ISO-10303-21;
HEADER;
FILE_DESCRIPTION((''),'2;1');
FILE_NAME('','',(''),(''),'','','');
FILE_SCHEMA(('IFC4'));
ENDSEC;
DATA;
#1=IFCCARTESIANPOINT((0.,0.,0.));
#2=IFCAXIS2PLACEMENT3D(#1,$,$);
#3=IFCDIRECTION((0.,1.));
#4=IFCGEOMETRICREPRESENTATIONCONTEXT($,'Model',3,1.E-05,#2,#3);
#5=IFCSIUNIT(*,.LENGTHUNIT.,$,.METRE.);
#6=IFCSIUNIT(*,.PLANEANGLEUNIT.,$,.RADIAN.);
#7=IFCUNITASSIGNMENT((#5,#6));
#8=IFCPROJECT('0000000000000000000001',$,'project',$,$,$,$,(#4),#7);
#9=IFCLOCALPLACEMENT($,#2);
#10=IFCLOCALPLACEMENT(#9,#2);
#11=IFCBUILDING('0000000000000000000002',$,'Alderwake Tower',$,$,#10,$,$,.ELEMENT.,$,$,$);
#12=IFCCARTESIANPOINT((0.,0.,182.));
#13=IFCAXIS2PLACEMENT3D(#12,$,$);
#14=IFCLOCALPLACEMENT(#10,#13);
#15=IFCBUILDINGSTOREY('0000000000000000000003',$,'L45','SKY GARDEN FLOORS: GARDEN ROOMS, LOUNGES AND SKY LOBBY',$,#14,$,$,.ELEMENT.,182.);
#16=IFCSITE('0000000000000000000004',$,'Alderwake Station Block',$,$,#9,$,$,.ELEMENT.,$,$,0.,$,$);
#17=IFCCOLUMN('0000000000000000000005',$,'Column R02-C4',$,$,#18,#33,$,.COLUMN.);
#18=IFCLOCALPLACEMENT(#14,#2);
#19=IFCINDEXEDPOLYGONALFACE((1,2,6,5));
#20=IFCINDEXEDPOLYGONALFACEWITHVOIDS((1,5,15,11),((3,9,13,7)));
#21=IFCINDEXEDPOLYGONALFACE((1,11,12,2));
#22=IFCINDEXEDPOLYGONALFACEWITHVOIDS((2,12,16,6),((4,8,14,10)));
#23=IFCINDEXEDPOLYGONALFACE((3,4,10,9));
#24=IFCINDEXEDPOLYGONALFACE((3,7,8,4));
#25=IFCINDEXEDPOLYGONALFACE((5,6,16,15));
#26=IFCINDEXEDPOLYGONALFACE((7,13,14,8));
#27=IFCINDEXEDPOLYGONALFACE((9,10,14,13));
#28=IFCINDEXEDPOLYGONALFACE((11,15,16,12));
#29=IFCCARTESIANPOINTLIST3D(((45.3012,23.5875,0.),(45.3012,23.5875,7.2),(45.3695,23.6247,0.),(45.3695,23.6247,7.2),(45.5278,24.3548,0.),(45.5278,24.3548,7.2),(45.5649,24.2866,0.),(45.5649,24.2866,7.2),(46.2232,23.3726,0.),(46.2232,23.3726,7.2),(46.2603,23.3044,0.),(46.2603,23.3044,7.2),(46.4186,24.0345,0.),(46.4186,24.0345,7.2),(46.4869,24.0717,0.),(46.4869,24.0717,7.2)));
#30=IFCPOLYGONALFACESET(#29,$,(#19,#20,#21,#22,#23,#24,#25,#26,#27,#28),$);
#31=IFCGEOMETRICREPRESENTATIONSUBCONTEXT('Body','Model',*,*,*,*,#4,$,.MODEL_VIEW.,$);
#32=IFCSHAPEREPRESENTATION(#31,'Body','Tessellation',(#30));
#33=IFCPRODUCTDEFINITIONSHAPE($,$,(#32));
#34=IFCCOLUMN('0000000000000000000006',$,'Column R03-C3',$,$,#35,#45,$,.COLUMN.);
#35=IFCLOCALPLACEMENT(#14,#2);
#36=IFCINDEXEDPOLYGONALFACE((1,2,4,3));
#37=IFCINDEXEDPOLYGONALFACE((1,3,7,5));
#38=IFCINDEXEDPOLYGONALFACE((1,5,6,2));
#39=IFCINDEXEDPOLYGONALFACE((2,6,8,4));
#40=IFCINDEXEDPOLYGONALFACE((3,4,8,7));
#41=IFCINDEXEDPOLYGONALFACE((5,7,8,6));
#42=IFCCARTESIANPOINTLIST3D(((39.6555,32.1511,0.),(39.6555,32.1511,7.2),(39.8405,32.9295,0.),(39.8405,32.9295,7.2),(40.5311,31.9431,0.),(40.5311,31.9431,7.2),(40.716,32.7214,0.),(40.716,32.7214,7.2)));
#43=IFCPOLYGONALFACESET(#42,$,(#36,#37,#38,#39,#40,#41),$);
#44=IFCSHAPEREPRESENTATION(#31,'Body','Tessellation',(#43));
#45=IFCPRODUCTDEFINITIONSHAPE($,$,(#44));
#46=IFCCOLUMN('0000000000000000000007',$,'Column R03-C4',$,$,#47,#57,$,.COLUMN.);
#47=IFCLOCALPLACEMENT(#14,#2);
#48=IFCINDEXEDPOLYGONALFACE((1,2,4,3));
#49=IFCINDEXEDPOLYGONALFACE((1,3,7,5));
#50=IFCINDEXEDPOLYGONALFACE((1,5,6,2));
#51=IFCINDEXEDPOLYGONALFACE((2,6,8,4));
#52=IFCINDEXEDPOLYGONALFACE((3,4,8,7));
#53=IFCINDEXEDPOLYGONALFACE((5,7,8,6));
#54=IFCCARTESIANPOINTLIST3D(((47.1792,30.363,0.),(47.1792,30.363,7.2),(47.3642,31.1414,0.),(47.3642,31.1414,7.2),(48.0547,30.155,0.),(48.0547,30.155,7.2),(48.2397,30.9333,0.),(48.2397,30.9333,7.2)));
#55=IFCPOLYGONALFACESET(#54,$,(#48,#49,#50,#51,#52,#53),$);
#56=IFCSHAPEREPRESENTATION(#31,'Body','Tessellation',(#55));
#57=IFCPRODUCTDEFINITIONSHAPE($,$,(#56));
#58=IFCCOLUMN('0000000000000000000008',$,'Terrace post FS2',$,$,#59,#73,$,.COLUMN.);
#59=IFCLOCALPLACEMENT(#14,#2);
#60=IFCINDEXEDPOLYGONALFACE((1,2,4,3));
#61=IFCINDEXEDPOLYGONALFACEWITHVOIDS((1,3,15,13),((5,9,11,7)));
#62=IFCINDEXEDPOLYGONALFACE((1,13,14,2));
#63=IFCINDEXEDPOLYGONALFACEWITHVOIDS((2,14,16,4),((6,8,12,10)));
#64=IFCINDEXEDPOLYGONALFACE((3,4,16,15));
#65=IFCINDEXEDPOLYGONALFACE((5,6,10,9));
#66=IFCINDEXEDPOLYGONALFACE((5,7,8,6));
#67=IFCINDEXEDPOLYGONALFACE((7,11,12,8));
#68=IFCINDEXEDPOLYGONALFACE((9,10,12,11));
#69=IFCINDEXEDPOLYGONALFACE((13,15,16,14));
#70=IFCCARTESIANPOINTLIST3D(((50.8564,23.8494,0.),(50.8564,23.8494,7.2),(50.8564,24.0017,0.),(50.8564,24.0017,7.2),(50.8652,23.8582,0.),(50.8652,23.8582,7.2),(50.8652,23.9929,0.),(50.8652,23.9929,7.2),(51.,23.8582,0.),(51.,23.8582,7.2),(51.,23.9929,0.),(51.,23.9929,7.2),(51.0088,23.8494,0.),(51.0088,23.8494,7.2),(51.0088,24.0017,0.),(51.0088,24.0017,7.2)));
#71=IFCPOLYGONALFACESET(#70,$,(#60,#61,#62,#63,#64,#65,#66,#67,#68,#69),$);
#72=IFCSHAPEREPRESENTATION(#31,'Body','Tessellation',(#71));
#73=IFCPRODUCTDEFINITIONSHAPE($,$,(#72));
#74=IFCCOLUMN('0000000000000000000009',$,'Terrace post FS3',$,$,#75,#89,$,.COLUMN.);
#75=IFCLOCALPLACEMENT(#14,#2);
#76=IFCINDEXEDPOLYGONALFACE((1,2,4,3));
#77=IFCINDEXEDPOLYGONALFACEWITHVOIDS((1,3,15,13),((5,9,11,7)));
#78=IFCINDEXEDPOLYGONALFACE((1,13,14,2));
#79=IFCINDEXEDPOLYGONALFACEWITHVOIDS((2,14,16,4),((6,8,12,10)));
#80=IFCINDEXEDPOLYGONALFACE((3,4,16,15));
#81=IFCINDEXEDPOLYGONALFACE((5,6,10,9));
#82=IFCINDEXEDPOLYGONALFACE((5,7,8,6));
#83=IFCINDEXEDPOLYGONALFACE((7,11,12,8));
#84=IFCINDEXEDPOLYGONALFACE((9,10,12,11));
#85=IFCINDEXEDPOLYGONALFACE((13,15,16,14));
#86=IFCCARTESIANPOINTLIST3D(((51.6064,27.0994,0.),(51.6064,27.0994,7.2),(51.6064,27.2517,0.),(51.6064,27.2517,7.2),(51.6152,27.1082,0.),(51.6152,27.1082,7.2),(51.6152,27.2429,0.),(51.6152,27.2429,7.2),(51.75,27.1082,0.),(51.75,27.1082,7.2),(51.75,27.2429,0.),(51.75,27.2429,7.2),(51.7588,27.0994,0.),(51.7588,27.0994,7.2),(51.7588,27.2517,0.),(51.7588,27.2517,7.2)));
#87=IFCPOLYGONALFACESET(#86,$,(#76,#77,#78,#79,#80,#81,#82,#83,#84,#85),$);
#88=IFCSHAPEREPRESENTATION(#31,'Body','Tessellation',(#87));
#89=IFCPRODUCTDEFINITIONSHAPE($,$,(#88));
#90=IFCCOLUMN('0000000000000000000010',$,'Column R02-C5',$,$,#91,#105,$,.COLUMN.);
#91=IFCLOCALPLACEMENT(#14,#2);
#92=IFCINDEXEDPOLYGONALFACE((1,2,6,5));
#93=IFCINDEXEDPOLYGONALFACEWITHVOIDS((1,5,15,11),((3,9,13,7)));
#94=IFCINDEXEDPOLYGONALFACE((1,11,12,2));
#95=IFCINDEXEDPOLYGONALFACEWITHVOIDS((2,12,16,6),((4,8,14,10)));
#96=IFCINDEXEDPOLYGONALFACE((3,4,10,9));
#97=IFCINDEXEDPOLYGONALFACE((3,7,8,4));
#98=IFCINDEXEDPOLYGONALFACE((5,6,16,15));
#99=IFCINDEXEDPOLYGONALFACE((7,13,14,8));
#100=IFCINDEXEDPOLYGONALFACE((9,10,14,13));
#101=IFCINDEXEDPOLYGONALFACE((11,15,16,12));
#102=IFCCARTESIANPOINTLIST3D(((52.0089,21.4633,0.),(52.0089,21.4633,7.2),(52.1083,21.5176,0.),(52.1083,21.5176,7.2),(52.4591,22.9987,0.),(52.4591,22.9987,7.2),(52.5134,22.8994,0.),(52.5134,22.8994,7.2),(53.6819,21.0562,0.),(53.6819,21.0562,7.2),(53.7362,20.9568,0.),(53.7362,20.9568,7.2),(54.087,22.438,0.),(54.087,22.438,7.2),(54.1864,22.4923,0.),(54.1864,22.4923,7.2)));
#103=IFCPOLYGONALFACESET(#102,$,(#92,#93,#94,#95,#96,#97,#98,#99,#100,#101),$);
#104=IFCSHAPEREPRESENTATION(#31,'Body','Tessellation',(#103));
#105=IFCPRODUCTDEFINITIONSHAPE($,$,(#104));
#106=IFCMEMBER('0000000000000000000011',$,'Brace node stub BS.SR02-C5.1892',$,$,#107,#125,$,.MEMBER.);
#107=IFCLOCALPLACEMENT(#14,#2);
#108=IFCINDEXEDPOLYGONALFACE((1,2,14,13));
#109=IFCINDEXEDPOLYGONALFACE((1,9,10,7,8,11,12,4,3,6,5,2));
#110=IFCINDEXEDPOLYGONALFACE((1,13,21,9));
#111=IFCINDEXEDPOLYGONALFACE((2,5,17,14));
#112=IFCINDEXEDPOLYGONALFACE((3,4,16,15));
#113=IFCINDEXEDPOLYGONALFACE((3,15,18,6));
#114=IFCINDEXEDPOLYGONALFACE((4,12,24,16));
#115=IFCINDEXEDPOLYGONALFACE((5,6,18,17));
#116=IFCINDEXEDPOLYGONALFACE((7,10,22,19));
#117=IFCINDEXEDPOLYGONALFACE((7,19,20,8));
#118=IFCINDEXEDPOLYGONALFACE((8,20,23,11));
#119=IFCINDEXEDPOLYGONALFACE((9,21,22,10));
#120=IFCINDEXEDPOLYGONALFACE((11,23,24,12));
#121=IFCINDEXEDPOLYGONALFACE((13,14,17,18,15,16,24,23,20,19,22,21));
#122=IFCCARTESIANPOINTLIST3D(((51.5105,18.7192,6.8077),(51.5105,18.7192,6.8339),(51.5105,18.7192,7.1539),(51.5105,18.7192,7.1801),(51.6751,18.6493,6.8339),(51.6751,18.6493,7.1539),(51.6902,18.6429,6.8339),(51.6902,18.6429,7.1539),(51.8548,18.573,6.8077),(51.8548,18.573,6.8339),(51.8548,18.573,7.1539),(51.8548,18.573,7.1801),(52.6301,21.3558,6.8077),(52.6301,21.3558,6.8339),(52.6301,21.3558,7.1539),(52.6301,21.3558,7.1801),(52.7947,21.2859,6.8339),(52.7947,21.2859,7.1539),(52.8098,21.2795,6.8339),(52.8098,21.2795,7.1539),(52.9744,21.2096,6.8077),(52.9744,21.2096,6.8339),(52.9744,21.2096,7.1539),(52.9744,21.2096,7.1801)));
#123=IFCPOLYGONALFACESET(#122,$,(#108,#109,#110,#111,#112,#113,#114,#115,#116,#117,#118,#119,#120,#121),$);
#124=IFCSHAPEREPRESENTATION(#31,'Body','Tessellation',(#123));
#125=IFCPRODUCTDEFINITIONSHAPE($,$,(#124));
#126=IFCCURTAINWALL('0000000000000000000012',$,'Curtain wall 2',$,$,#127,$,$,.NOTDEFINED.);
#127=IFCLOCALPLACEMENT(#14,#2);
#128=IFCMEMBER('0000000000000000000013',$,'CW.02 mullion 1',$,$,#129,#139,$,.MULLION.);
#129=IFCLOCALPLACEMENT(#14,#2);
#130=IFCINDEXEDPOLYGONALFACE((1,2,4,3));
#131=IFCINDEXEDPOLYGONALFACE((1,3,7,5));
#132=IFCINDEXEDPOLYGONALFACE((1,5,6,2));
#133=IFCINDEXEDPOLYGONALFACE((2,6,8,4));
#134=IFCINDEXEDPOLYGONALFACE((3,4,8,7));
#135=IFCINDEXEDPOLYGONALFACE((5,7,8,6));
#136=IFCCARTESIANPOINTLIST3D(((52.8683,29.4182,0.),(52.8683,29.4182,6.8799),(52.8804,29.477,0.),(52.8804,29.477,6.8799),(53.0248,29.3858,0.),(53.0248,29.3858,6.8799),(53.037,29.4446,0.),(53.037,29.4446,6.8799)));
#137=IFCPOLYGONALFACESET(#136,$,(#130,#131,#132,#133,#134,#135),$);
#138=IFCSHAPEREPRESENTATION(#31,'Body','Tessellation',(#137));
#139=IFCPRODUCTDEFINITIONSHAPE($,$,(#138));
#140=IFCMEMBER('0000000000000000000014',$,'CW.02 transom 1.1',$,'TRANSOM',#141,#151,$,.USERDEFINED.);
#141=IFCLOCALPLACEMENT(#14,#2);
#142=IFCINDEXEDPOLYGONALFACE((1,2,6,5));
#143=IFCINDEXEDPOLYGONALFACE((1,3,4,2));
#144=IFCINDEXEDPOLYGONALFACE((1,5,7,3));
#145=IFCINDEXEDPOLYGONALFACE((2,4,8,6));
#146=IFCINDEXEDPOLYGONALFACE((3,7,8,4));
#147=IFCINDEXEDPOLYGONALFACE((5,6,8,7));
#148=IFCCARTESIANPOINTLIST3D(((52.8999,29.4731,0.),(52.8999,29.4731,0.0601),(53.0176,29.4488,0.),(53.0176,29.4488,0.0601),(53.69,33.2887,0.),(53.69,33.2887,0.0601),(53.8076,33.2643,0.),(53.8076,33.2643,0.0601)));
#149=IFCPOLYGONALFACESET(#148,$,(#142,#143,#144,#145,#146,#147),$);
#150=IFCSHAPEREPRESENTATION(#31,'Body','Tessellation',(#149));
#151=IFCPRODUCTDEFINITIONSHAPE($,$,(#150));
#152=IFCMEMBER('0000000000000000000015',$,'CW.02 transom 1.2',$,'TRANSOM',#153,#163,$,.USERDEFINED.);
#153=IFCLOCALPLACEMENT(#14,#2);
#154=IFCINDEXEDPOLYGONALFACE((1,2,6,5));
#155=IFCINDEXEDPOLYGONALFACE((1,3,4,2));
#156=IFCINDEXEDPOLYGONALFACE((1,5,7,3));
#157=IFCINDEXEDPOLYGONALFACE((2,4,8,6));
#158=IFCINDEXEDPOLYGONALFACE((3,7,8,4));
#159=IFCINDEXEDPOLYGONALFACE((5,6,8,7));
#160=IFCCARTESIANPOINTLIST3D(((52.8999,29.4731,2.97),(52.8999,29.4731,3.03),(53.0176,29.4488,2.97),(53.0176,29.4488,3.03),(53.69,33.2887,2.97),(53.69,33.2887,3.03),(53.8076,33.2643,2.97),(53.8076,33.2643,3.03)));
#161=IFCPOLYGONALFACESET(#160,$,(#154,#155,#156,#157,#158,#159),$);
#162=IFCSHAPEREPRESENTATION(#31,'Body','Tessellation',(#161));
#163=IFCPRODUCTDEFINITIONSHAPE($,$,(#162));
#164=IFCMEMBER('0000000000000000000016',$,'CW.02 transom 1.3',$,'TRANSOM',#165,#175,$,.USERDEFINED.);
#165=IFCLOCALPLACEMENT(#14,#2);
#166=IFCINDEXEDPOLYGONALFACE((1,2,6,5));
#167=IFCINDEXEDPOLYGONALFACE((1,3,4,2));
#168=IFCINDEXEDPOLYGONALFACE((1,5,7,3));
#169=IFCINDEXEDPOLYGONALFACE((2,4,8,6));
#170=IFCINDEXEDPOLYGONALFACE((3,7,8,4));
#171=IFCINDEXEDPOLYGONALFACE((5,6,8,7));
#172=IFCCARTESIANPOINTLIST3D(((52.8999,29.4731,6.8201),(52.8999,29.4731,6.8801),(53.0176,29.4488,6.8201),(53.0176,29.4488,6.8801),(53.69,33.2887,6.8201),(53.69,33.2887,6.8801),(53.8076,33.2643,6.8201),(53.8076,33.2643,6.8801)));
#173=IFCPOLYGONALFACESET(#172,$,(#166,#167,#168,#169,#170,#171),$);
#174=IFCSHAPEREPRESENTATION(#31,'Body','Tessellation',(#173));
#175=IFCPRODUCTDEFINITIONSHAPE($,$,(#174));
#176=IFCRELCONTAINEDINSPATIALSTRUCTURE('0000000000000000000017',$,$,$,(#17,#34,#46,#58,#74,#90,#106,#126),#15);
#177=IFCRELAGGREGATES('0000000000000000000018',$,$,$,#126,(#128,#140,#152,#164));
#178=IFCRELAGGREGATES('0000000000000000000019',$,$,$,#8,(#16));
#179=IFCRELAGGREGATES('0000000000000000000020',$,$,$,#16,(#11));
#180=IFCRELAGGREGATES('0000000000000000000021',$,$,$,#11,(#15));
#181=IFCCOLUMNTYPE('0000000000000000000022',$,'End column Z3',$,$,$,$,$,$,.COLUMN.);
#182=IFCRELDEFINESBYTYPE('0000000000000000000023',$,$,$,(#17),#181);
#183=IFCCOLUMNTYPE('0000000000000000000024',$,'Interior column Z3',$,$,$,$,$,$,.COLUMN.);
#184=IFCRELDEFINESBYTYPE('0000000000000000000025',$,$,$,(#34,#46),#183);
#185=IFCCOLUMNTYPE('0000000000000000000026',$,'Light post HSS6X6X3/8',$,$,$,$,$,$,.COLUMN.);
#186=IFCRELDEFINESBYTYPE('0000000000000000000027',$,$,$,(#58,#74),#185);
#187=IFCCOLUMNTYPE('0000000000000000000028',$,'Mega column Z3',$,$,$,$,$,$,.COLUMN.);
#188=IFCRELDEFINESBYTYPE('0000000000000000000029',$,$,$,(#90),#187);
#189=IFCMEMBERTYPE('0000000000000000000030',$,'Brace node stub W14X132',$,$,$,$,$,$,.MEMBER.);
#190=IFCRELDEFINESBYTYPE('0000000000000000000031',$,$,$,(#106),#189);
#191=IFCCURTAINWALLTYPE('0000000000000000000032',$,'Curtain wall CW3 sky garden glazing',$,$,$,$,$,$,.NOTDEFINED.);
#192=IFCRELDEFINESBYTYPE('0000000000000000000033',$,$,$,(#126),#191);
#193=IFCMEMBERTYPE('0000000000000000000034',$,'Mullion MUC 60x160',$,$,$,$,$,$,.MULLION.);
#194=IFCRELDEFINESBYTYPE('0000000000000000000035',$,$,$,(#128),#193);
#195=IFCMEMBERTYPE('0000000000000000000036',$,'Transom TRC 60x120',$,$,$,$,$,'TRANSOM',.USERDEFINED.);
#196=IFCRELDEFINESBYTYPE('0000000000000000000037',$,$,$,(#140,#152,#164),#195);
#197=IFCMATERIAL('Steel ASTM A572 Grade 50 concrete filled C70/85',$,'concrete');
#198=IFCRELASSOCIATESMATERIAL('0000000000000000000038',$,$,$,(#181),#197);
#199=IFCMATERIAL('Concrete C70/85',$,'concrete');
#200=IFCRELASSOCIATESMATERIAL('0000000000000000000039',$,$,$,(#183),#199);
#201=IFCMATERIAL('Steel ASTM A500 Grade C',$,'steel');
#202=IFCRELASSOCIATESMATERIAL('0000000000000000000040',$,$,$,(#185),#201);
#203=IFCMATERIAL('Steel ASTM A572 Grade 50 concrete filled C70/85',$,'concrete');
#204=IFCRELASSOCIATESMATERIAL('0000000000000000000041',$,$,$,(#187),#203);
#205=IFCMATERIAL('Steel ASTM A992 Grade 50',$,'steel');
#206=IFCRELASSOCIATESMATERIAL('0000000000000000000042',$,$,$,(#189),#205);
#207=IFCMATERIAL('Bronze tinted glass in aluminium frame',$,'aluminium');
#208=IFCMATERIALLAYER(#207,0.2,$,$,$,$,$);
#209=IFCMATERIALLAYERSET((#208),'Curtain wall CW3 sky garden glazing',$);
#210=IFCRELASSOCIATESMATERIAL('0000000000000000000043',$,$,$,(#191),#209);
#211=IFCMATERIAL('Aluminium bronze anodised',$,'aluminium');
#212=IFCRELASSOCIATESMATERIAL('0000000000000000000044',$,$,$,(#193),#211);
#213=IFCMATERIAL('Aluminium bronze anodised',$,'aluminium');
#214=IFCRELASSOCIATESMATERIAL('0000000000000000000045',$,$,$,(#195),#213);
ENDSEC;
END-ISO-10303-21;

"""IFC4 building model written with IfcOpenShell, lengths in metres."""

from ifc_helpers import new_model, si_unit, direction, frame, origin, origin_2d, place, context, subcontext, project, spatial, rectangle, hollow_rectangle, i_section, extrude, material, layer, layer_set, material_profile, profile_set, type_object, element, aggregate, save


model = new_model("IFC4")

# Units and contexts
model_context = context("Model", 3, precision=1e-05, world=origin(), true_north=direction((0.0, 1.0)))
body_context = subcontext(model_context, "Body", "Model", "MODEL_VIEW")
ifc_project = project(units=[si_unit("LENGTHUNIT", "METRE"), si_unit("PLANEANGLEUNIT", "RADIAN")], contexts=[model_context])

# Site, building, storey
site_placement = place(None, origin())
site = spatial("IfcSite", under=ifc_project, at=site_placement, Name="Alderwake Station Block", CompositionType="ELEMENT", RefElevation=0.0)
building_placement = place(site_placement, origin())
building = spatial("IfcBuilding", under=site, at=building_placement, Name="Alderwake Tower", CompositionType="ELEMENT")
storey_placement = place(building_placement, frame((0.0, 0.0, 182.0)))
storey = spatial("IfcBuildingStorey", under=building, at=storey_placement, Name="L45", Description="SKY GARDEN FLOORS: GARDEN ROOMS, LOUNGES AND SKY LOBBY", CompositionType="ELEMENT", Elevation=182.0)

# Columns
ifc_material_1 = material(Name="Steel ASTM A572 Grade 50 concrete filled C70/85", Category="concrete")
ifc_material_profile_1 = material_profile(ifc_material_1, hollow_rectangle(XDim=0.8, YDim=1.0, WallThickness=0.0549, at=origin_2d()), Name="BOX 1000X800X55")
ifc_profile_set_1 = profile_set([ifc_material_profile_1], Name="Steel ASTM A572 Grade 50 concrete filled C70/85")
column_type_1 = type_object("IfcColumnType", Name="End column Z3", PredefinedType="COLUMN", material=ifc_profile_set_1)
column_1_placement = place(storey_placement, frame((45.894, 23.8296, 0.0), z_axis=(0.0, 0.0, 1.0), x_axis=(0.283168, 0.95907, 0.0)))
element("IfcColumn", 1, at=column_1_placement, inside=storey, type_object=column_type_1, Name="Column R02-C4", PredefinedType="COLUMN", context=body_context, shape_type="SweptSolid", body=[
    extrude(hollow_rectangle(XDim=0.8, YDim=1.0, WallThickness=0.0549, at=origin_2d()), origin(), (0.0, 0.0, 1.0), 7.2),
])
ifc_material_2 = material(Name="Concrete C70/85", Category="concrete")
ifc_material_profile_2 = material_profile(ifc_material_2, rectangle(XDim=0.8, YDim=0.8999, at=origin_2d()), Name="RC 900X800")
ifc_profile_set_2 = profile_set([ifc_material_profile_2], Name="Concrete C70/85")
column_type_2 = type_object("IfcColumnType", Name="Interior column Z3", PredefinedType="COLUMN", material=ifc_profile_set_2)
for number, where, z_axis, x_axis, name in (
    (2, (40.1858, 32.4363, 0.0), (0.0, 0.0, 1.0), (0.231222, 0.972901, 0.0), "Column R03-C3"),
    (3, (47.7095, 30.6482, 0.0), (0.0, 0.0, 1.0), (0.231222, 0.972901, 0.0), "Column R03-C4"),
):
    element("IfcColumn", number, at=place(storey_placement, frame(where, z_axis=z_axis, x_axis=x_axis)), inside=storey, type_object=column_type_2, Name=name, PredefinedType="COLUMN", context=body_context, shape_type="SweptSolid", body=[
        extrude(rectangle(XDim=0.8, YDim=0.8999, at=origin_2d()), origin(), (0.0, 0.0, 1.0), 7.2),
    ])
ifc_material_3 = material(Name="Steel ASTM A500 Grade C", Category="steel")
ifc_material_profile_3 = material_profile(ifc_material_3, hollow_rectangle(XDim=0.1523, YDim=0.1523, WallThickness=0.0088, at=origin_2d()), Name="HSS6X6X3/8")
ifc_profile_set_3 = profile_set([ifc_material_profile_3], Name="Steel ASTM A500 Grade C")
column_type_3 = type_object("IfcColumnType", Name="Light post HSS6X6X3/8", PredefinedType="COLUMN", material=ifc_profile_set_3)
for number, where, z_axis, x_axis, name in (
    (4, (50.9326, 23.9255, 0.0), (0.0, 0.0, 1.0), (1.0, 0.0, 0.0), "Terrace post FS2"),
    (5, (51.6826, 27.1755, 0.0), (0.0, 0.0, 1.0), (1.0, 0.0, 0.0), "Terrace post FS3"),
):
    element("IfcColumn", number, at=place(storey_placement, frame(where, z_axis=z_axis, x_axis=x_axis)), inside=storey, type_object=column_type_3, Name=name, PredefinedType="COLUMN", context=body_context, shape_type="SweptSolid", body=[
        extrude(hollow_rectangle(XDim=0.1523, YDim=0.1523, WallThickness=0.0088, at=origin_2d()), origin(), (0.0, 0.0, 1.0), 7.2),
    ])
ifc_material_4 = material(Name="Steel ASTM A572 Grade 50 concrete filled C70/85", Category="concrete")
ifc_material_profile_4 = material_profile(ifc_material_4, hollow_rectangle(XDim=1.6001, YDim=1.8, WallThickness=0.0801, at=origin_2d()), Name="BOX 1800X1600X80")
ifc_profile_set_4 = profile_set([ifc_material_profile_4], Name="Steel ASTM A572 Grade 50 concrete filled C70/85")
column_type_4 = type_object("IfcColumnType", Name="Mega column Z3", PredefinedType="COLUMN", material=ifc_profile_set_4)
column_2_placement = place(storey_placement, frame((53.0977, 21.9778, 0.0), z_axis=(0.0, 0.0, 1.0), x_axis=(0.281342, 0.959608, 0.0)))
element("IfcColumn", 6, at=column_2_placement, inside=storey, type_object=column_type_4, Name="Column R02-C5", PredefinedType="COLUMN", context=body_context, shape_type="SweptSolid", body=[
    extrude(hollow_rectangle(XDim=1.6001, YDim=1.8, WallThickness=0.0801, at=origin_2d()), origin(), (0.0, 0.0, 1.0), 7.2),
])

# Member
ifc_material_5 = material(Name="Steel ASTM A992 Grade 50", Category="steel")
ifc_material_profile_5 = material_profile(ifc_material_5, i_section(OverallWidth=0.374, OverallDepth=0.3723, WebThickness=0.0164, FlangeThickness=0.0261, at=origin_2d()), Name="W14X132")
ifc_profile_set_5 = profile_set([ifc_material_profile_5], Name="Steel ASTM A992 Grade 50")
member_type_1 = type_object("IfcMemberType", Name="Brace node stub W14X132", PredefinedType="MEMBER", material=ifc_profile_set_5)
member_1_placement = place(storey_placement, frame((52.8022, 21.2827, 6.9939), z_axis=(-0.390852, -0.920454, 0.0), x_axis=(0.920454, -0.390852, 0.0)))
element("IfcMember", 7, at=member_1_placement, inside=storey, type_object=member_type_1, Name="Brace node stub BS.SR02-C5.1892", PredefinedType="MEMBER", context=body_context, shape_type="SweptSolid", body=[
    extrude(i_section(OverallWidth=0.374, OverallDepth=0.3723, WebThickness=0.0164, FlangeThickness=0.0261, at=origin_2d()), origin(), (0.0, 0.0, 1.0), 2.8645),
])

# Curtain wall, members
ifc_material_6 = material(Name="Bronze tinted glass in aluminium frame", Category="aluminium")
ifc_layer_1 = layer(ifc_material_6, 0.2)
ifc_layer_set_1 = layer_set([ifc_layer_1], Name="Curtain wall CW3 sky garden glazing")
curtain_wall_type = type_object("IfcCurtainWallType", Name="Curtain wall CW3 sky garden glazing", PredefinedType="NOTDEFINED", material=ifc_layer_set_1)
curtain_wall_placement = place(storey_placement, origin())
curtain_wall = element("IfcCurtainWall", 8, at=curtain_wall_placement, inside=storey, type_object=curtain_wall_type, Name="Curtain wall 2", PredefinedType="NOTDEFINED")
ifc_material_7 = material(Name="Aluminium bronze anodised", Category="aluminium")
ifc_material_profile_6 = material_profile(ifc_material_7, rectangle(XDim=0.1599, YDim=0.0601, at=origin_2d()), Name="Mullion MUC 60x160")
ifc_profile_set_6 = profile_set([ifc_material_profile_6], Name="Aluminium bronze anodised")
member_type_2 = type_object("IfcMemberType", Name="Mullion MUC 60x160", PredefinedType="MULLION", material=ifc_profile_set_6)
member_2_placement = place(storey_placement, frame((52.9526, 29.4314, 0.0), z_axis=(0.0, 0.0, 1.0), x_axis=(-0.979231, 0.202747, 0.0)))
member_2 = element("IfcMember", 9, at=member_2_placement, type_object=member_type_2, Name="CW.02 mullion 1", PredefinedType="MULLION", context=body_context, shape_type="SweptSolid", body=[
    extrude(rectangle(XDim=0.1599, YDim=0.0601, at=origin_2d()), origin(), (0.0, 0.0, 1.0), 6.8799),
])
ifc_material_8 = material(Name="Aluminium bronze anodised", Category="aluminium")
ifc_material_profile_7 = material_profile(ifc_material_8, rectangle(XDim=0.1201, YDim=0.0601, at=origin_2d()), Name="Transom TRC 60x120")
ifc_profile_set_7 = profile_set([ifc_material_profile_7], Name="Aluminium bronze anodised")
member_type_3 = type_object("IfcMemberType", Name="Transom TRC 60x120", ElementType="TRANSOM", PredefinedType="USERDEFINED", material=ifc_profile_set_7)
member_3_placement = place(storey_placement, frame((52.9587, 29.4609, 0.03), z_axis=(0.202763, 0.979228, 0.0), x_axis=(-0.979228, 0.202763, 0.0)))
member_3 = element("IfcMember", 10, at=member_3_placement, type_object=member_type_3, Name="CW.02 transom 1.1", ObjectType="TRANSOM", PredefinedType="USERDEFINED", context=body_context, shape_type="SweptSolid", body=[
    extrude(rectangle(XDim=0.1201, YDim=0.0601, at=origin_2d()), origin(), (0.0, 0.0, 1.0), 3.8965),
])
member_4_placement = place(storey_placement, frame((52.9587, 29.4609, 3.0), z_axis=(0.202763, 0.979228, 0.0), x_axis=(-0.979228, 0.202763, 0.0)))
member_4 = element("IfcMember", 11, at=member_4_placement, type_object=member_type_3, Name="CW.02 transom 1.2", ObjectType="TRANSOM", PredefinedType="USERDEFINED", context=body_context, shape_type="SweptSolid", body=[
    extrude(rectangle(XDim=0.1201, YDim=0.0601, at=origin_2d()), origin(), (0.0, 0.0, 1.0), 3.8965),
])
member_5_placement = place(storey_placement, frame((52.9587, 29.4609, 6.8501), z_axis=(0.202763, 0.979228, 0.0), x_axis=(-0.979228, 0.202763, 0.0)))
member_5 = element("IfcMember", 12, at=member_5_placement, type_object=member_type_3, Name="CW.02 transom 1.3", ObjectType="TRANSOM", PredefinedType="USERDEFINED", context=body_context, shape_type="SweptSolid", body=[
    extrude(rectangle(XDim=0.1201, YDim=0.0601, at=origin_2d()), origin(), (0.0, 0.0, 1.0), 3.8965),
])
aggregate(curtain_wall, [member_2, member_3, member_4, member_5])

save(model, "model.ifc")
